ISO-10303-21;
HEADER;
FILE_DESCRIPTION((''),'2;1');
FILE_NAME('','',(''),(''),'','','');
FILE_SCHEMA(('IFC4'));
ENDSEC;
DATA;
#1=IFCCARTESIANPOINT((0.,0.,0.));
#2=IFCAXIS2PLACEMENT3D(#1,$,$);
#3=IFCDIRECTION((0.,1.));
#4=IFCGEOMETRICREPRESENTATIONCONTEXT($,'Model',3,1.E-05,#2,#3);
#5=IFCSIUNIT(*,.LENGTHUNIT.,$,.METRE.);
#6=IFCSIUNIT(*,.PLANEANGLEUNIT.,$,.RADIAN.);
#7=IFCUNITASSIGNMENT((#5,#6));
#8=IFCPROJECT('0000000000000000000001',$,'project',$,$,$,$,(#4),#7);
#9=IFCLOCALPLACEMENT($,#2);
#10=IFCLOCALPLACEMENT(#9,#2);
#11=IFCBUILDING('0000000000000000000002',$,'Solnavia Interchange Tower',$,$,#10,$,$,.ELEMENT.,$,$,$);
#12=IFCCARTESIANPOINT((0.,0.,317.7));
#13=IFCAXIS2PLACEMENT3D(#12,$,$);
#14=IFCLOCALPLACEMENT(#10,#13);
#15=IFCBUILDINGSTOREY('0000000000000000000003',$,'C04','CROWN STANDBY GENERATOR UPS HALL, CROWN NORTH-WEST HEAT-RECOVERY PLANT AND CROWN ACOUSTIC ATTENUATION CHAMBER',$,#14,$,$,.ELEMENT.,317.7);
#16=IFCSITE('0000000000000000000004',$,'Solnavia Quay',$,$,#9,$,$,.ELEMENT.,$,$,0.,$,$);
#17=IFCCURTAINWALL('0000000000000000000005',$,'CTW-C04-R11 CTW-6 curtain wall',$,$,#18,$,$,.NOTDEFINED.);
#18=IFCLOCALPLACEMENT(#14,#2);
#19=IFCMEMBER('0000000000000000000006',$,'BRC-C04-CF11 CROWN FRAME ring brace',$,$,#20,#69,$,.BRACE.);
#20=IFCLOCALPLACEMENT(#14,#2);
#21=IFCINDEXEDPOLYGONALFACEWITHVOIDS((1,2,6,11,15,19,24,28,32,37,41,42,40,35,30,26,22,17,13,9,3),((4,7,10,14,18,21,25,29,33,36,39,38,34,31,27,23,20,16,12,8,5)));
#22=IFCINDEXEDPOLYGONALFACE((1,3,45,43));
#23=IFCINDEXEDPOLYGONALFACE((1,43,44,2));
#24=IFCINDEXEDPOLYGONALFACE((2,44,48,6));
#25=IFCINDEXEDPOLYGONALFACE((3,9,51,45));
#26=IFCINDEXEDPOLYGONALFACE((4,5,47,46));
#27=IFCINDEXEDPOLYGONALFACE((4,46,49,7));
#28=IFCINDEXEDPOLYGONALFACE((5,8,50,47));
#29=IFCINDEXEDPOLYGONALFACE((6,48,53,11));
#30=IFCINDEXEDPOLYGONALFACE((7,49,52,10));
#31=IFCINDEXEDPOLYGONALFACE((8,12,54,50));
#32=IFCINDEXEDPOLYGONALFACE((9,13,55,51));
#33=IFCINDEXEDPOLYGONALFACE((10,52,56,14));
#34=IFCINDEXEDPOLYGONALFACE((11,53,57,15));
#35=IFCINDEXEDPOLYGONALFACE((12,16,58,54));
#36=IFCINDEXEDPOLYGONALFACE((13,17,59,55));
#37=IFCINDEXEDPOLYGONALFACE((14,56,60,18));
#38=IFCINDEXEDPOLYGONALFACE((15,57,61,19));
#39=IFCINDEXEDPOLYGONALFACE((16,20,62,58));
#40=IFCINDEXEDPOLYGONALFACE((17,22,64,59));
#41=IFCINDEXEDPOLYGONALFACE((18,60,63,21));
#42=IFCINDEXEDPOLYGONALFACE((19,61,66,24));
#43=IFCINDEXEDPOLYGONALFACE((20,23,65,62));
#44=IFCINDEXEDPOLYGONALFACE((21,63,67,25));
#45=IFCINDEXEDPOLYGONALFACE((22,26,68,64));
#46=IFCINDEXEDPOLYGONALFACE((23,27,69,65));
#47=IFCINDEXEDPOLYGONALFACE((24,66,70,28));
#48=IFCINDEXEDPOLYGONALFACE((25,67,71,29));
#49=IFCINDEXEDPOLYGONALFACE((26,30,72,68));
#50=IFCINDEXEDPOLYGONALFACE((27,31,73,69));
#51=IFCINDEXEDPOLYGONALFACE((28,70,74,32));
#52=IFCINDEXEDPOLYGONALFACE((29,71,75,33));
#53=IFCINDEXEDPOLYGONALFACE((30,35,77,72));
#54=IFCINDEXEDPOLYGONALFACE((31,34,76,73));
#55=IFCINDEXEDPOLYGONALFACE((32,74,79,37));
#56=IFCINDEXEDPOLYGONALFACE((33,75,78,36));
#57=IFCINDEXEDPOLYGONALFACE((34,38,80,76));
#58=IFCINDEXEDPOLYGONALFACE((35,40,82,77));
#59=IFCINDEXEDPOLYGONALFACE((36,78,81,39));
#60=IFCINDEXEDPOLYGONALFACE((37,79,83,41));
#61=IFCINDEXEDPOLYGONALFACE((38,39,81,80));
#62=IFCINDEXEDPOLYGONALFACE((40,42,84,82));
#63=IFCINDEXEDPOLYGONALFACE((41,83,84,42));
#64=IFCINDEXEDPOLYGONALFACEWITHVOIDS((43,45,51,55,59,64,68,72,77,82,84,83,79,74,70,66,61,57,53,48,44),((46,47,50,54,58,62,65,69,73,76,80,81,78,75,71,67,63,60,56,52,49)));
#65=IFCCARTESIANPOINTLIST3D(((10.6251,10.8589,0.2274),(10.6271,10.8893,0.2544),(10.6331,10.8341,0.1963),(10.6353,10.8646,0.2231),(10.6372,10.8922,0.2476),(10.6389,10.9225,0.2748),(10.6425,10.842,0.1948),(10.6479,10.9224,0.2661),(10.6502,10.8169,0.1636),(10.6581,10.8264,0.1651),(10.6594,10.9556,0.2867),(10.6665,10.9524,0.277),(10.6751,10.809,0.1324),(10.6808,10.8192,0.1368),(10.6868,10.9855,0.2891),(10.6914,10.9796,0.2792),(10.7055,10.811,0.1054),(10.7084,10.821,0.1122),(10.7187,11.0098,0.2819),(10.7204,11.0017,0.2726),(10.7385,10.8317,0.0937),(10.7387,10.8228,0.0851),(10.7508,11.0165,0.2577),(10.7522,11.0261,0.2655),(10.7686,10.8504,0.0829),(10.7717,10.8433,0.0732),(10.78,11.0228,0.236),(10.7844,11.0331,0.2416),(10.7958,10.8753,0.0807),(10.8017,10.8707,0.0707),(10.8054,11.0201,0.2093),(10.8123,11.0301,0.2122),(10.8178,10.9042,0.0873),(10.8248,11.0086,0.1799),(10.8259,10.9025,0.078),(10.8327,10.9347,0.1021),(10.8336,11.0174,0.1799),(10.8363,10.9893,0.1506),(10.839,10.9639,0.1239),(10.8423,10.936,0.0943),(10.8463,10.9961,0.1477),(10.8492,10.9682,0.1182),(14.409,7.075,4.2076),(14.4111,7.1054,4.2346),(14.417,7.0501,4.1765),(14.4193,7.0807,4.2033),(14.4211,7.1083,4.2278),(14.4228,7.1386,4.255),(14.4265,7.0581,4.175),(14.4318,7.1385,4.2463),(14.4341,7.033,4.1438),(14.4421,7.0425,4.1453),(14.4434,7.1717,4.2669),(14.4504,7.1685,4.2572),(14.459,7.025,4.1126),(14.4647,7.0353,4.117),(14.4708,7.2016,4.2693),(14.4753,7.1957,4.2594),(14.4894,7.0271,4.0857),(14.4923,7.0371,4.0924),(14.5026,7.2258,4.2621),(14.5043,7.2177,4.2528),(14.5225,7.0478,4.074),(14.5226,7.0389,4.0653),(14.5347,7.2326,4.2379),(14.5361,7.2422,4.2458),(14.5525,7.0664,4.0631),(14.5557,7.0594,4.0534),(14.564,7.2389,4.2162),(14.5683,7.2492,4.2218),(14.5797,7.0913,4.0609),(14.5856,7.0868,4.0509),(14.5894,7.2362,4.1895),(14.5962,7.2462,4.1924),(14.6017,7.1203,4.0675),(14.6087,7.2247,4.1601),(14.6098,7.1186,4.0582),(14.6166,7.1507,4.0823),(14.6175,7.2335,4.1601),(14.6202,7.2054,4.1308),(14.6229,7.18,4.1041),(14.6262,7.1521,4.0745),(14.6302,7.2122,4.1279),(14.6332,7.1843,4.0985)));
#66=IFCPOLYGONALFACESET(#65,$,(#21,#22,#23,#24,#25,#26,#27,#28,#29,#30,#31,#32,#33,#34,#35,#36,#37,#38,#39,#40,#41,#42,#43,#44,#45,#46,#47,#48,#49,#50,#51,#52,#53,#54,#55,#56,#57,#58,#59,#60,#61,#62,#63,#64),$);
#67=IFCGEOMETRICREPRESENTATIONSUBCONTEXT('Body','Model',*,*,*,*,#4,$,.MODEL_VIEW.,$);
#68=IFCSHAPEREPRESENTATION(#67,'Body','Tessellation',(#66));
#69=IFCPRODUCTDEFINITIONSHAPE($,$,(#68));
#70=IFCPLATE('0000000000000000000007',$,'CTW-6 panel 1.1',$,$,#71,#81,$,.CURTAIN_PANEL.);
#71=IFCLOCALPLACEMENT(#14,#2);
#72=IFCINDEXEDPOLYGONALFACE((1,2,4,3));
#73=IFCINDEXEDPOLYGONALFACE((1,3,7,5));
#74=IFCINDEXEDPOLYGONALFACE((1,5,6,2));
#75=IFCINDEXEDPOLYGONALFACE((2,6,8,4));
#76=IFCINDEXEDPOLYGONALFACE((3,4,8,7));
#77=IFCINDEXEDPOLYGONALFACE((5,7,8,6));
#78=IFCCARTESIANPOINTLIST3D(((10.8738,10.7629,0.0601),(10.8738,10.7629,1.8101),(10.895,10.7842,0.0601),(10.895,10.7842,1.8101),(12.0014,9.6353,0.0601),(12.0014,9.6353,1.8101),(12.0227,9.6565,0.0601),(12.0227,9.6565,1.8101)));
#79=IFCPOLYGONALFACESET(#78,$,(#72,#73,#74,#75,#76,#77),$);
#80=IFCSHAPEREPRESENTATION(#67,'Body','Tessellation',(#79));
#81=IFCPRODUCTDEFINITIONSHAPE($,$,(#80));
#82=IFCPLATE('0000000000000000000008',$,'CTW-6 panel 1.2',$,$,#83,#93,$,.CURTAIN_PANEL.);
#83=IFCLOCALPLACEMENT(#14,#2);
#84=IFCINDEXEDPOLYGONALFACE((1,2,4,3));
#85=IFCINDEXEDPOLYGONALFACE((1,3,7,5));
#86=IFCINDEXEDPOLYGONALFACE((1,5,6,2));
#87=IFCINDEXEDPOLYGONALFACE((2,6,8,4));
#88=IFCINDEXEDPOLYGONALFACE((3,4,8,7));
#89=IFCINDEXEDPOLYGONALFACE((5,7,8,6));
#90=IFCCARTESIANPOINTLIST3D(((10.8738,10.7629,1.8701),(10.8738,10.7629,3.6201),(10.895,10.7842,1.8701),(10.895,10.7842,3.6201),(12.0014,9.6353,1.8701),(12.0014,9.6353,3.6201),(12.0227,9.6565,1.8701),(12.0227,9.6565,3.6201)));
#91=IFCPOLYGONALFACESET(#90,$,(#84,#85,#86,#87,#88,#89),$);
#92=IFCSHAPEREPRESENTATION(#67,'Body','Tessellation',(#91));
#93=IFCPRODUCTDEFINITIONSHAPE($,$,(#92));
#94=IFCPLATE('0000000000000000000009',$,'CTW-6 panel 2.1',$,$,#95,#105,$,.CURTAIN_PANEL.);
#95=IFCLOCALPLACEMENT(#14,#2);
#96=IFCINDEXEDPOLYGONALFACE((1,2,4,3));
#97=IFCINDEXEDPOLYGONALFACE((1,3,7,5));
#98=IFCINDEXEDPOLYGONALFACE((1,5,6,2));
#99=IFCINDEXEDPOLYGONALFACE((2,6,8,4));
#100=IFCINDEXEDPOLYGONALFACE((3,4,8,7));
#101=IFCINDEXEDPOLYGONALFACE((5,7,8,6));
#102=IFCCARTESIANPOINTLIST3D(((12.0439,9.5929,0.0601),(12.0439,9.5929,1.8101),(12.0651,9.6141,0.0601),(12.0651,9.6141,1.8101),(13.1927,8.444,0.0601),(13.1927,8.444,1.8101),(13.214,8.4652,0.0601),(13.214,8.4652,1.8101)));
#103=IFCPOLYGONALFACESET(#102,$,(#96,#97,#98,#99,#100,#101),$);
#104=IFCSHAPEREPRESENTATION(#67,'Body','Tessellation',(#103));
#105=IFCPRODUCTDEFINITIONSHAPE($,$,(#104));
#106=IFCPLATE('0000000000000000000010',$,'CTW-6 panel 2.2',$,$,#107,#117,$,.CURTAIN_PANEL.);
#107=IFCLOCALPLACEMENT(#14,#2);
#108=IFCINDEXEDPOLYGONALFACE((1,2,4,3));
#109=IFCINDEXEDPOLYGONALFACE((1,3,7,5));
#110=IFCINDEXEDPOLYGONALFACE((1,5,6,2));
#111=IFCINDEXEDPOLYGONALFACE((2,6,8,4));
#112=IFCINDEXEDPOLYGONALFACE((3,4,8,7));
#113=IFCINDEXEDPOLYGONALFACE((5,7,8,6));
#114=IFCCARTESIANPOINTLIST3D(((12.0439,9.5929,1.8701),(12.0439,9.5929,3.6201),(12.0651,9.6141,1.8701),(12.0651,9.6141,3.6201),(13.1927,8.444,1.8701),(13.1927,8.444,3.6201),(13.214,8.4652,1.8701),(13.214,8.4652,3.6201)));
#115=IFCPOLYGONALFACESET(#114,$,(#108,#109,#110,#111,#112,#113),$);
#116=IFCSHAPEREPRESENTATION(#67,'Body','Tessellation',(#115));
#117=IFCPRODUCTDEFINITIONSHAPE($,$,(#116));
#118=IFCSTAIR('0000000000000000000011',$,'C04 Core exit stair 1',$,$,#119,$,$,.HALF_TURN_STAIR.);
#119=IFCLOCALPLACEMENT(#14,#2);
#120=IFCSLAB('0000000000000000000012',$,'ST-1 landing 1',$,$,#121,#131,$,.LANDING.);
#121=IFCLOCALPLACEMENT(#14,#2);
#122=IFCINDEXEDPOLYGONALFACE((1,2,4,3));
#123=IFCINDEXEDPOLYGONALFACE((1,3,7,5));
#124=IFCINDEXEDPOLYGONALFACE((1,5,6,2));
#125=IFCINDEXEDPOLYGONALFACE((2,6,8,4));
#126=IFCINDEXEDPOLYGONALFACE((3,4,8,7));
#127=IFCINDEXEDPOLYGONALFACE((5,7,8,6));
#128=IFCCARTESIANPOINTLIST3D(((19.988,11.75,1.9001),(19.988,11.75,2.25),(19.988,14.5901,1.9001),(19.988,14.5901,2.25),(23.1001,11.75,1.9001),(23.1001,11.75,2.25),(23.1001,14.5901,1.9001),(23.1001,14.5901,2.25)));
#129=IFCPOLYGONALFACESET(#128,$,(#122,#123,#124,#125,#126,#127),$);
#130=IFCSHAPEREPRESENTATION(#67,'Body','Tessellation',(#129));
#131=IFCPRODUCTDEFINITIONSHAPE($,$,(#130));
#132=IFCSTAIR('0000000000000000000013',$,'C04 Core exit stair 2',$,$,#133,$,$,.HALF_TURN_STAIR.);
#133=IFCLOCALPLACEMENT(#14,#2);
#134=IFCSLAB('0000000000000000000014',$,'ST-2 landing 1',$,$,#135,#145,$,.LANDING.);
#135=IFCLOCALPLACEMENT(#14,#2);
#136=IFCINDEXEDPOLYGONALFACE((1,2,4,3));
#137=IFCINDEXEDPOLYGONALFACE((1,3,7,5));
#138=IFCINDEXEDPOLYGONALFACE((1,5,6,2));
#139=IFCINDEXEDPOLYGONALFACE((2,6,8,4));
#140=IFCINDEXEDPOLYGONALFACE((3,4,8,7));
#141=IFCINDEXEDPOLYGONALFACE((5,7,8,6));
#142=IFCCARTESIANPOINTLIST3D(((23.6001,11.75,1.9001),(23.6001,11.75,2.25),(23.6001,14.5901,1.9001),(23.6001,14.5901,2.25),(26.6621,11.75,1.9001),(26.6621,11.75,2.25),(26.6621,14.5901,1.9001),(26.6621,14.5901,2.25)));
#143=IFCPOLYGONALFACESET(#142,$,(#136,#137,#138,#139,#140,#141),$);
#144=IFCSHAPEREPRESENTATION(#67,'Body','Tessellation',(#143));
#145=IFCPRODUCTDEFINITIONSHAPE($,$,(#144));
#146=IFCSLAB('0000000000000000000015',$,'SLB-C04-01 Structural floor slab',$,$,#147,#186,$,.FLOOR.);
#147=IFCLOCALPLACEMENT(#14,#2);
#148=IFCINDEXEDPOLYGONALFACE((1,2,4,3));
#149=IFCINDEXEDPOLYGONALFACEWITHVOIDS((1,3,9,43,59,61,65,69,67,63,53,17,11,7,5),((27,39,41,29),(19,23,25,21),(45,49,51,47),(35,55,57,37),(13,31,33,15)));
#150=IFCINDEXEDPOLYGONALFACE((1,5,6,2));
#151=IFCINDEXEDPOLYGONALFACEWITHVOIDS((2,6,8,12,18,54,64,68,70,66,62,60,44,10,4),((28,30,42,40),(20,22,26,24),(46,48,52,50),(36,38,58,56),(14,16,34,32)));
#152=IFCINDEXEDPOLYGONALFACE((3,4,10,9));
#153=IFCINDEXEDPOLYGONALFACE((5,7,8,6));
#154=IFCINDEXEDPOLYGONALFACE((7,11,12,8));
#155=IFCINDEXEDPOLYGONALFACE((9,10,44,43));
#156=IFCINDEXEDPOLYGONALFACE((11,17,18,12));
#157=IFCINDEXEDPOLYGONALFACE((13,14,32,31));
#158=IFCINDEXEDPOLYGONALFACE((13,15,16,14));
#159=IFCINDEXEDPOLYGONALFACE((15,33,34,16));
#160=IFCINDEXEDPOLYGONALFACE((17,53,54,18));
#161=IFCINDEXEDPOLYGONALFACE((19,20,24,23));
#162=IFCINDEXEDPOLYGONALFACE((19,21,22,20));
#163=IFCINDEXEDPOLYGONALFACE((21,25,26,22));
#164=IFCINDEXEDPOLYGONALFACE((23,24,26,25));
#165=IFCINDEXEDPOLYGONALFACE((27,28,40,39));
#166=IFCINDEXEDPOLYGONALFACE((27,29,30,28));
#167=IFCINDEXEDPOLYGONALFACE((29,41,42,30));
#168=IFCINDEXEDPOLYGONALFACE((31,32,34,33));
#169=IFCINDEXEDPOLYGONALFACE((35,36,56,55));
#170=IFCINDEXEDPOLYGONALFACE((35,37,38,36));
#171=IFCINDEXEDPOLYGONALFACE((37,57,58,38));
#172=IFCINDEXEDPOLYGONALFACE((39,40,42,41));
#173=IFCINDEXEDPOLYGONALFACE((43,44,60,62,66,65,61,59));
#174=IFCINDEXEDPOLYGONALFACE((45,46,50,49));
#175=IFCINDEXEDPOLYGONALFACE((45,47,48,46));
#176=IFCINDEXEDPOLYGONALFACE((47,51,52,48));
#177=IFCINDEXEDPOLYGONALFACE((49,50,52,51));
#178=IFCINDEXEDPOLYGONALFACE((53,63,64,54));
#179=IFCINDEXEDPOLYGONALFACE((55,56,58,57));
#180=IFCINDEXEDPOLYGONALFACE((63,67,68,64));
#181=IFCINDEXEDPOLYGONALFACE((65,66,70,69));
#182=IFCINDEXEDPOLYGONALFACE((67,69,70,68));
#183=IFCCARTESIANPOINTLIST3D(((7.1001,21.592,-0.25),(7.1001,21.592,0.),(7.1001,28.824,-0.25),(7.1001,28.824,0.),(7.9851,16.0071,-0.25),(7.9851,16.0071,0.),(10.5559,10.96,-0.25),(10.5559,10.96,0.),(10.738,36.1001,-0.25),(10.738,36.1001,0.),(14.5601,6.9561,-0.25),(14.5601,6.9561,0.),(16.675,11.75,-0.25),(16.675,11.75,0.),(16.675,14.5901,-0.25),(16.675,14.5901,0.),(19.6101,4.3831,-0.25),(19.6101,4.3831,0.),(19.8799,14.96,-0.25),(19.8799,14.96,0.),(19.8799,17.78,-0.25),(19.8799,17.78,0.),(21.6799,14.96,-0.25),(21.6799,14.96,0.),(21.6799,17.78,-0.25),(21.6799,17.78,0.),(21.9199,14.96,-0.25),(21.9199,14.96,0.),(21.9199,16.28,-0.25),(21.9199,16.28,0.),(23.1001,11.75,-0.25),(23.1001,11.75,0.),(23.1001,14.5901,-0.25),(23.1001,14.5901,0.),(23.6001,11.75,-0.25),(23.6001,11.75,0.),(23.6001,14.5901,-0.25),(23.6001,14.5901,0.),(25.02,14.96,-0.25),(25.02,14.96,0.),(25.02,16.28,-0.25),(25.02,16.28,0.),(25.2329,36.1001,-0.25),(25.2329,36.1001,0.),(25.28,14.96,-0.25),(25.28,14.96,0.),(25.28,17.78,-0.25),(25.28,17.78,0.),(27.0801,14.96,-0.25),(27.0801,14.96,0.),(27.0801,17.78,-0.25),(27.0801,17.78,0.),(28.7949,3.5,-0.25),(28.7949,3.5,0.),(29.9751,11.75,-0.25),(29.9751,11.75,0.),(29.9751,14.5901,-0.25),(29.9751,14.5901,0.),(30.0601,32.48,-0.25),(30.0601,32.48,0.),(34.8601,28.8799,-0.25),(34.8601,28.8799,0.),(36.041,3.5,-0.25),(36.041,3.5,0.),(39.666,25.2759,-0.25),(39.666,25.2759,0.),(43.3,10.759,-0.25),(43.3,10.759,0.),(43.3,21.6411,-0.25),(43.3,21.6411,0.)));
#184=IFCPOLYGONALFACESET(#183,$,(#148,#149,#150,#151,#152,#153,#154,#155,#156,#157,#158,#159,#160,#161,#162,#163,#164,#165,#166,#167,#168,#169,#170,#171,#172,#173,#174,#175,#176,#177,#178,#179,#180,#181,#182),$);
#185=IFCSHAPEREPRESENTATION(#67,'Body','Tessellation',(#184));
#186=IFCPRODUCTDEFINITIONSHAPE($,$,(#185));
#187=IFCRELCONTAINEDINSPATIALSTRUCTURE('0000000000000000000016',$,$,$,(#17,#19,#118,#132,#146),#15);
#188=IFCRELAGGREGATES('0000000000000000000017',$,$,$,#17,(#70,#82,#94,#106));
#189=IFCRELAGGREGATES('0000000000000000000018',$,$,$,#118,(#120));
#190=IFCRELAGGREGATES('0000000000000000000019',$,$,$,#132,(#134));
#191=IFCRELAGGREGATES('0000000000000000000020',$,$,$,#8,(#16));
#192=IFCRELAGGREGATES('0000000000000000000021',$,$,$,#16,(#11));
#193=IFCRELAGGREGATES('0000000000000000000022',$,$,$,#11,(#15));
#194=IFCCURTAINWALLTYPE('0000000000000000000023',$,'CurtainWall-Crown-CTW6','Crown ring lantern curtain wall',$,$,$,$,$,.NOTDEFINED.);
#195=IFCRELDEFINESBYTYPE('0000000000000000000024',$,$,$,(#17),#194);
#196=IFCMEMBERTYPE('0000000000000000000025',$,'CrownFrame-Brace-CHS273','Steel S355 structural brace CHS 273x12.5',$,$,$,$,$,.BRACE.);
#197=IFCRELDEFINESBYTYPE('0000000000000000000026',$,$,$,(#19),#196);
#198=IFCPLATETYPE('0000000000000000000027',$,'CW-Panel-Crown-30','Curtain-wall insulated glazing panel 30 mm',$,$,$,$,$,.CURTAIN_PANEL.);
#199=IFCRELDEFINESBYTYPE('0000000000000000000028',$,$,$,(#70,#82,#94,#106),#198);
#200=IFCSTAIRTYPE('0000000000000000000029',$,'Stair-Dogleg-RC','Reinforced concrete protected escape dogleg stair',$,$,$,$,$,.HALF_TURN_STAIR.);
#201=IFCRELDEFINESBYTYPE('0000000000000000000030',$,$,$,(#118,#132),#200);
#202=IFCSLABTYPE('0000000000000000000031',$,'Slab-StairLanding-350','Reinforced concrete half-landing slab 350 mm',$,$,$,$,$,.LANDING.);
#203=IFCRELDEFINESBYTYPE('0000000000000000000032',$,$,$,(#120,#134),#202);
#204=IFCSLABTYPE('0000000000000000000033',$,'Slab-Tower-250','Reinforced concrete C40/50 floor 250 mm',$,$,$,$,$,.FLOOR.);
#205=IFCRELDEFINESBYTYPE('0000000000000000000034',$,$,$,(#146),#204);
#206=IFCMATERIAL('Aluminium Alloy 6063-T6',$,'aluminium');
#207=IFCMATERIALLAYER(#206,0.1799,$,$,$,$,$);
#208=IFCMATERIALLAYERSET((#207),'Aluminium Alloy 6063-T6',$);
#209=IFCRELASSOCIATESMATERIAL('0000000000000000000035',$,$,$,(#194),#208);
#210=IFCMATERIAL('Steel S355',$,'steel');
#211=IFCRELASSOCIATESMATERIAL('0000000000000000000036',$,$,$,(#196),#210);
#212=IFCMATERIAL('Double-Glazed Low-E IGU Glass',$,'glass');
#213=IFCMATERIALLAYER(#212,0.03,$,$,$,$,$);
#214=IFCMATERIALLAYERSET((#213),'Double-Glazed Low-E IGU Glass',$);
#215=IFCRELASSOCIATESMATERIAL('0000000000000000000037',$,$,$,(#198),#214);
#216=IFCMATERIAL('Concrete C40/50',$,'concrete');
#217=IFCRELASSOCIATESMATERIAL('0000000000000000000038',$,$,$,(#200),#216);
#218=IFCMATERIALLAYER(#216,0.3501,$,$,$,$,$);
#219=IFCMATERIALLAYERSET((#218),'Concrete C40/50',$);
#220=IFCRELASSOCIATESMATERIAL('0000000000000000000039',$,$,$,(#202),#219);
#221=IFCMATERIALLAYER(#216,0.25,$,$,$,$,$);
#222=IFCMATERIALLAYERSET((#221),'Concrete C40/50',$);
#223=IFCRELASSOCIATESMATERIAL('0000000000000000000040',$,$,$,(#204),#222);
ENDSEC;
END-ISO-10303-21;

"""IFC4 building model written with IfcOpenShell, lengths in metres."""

from ifc_helpers import new_model, si_unit, direction, frame, origin, origin_2d, place, context, subcontext, project, spatial, polyline, rectangle, hollow_circle, outline, extrude, material, layer, layer_set, material_profile, profile_set, type_object, element, aggregate, save


model = new_model("IFC4")

# Units and contexts
model_context = context("Model", 3, precision=1e-05, world=origin(), true_north=direction((0.0, 1.0)))
body_context = subcontext(model_context, "Body", "Model", "MODEL_VIEW")
ifc_project = project(units=[si_unit("LENGTHUNIT", "METRE"), si_unit("PLANEANGLEUNIT", "RADIAN")], contexts=[model_context])

# Site, building, storey
site_placement = place(None, origin())
site = spatial("IfcSite", under=ifc_project, at=site_placement, Name="Solnavia Quay", CompositionType="ELEMENT", RefElevation=0.0)
building_placement = place(site_placement, origin())
building = spatial("IfcBuilding", under=site, at=building_placement, Name="Solnavia Interchange Tower", CompositionType="ELEMENT")
storey_placement = place(building_placement, frame((0.0, 0.0, 317.7)))
storey = spatial("IfcBuildingStorey", under=building, at=storey_placement, Name="C04", Description="CROWN STANDBY GENERATOR UPS HALL, CROWN NORTH-WEST HEAT-RECOVERY PLANT AND CROWN ACOUSTIC ATTENUATION CHAMBER", CompositionType="ELEMENT", Elevation=317.7)

# Curtain wall
ifc_material_1 = material(Name="Aluminium Alloy 6063-T6", Category="aluminium")
ifc_layer_1 = layer(ifc_material_1, 0.1799)
ifc_layer_set_1 = layer_set([ifc_layer_1], Name="Aluminium Alloy 6063-T6")
curtain_wall_type = type_object("IfcCurtainWallType", Name="CurtainWall-Crown-CTW6", Description="Crown ring lantern curtain wall", PredefinedType="NOTDEFINED", material=ifc_layer_set_1)
curtain_wall_placement = place(storey_placement, origin())
curtain_wall = element("IfcCurtainWall", 1, at=curtain_wall_placement, inside=storey, type_object=curtain_wall_type, Name="CTW-C04-R11 CTW-6 curtain wall", PredefinedType="NOTDEFINED")

# Member
ifc_material_2 = material(Name="Steel S355", Category="steel")
ifc_material_profile_1 = material_profile(ifc_material_2, hollow_circle(Radius=0.1365, WallThickness=0.0125, at=origin_2d()), Name="CHS 273x12.5")
ifc_profile_set_1 = profile_set([ifc_material_profile_1], Name="Steel S355")
member_type_1 = type_object("IfcMemberType", Name="CrownFrame-Brace-CHS273", Description="Steel S355 structural brace CHS 273x12.5", PredefinedType="BRACE", material=ifc_profile_set_1)
member_1_placement = place(storey_placement, frame((10.7371, 10.9209, 0.1799), z_axis=(0.567373, -0.567373, 0.596805), x_axis=(0.707107, 0.707107, 0.0)))
element("IfcMember", 2, at=member_1_placement, inside=storey, type_object=member_type_1, Name="BRC-C04-CF11 CROWN FRAME ring brace", PredefinedType="BRACE", context=body_context, shape_type="SweptSolid", body=[
    extrude(hollow_circle(Radius=0.1365, WallThickness=0.0125, at=origin_2d()), origin(), (0.0, 0.0, 1.0), 6.6692),
])

# Plates
ifc_material_3 = material(Name="Double-Glazed Low-E IGU Glass", Category="glass")
ifc_layer_2 = layer(ifc_material_3, 0.03)
ifc_layer_set_2 = layer_set([ifc_layer_2], Name="Double-Glazed Low-E IGU Glass")
plate_type = type_object("IfcPlateType", Name="CW-Panel-Crown-30", Description="Curtain-wall insulated glazing panel 30 mm", PredefinedType="CURTAIN_PANEL", material=ifc_layer_set_2)
plate_1_placement = place(storey_placement, frame((11.4482, 10.2097, 0.0601), z_axis=(0.0, 0.0, 1.0), x_axis=(0.707107, -0.707107, 0.0)))
plate_1 = element("IfcPlate", 3, at=plate_1_placement, type_object=plate_type, Name="CTW-6 panel 1.1", PredefinedType="CURTAIN_PANEL", context=body_context, shape_type="SweptSolid", body=[
    extrude(rectangle(XDim=1.5947, YDim=0.03, at=origin_2d()), origin(), (0.0, 0.0, 1.0), 1.75),
])
plate_2_placement = place(storey_placement, frame((11.4482, 10.2097, 1.8701), z_axis=(0.0, 0.0, 1.0), x_axis=(0.707107, -0.707107, 0.0)))
plate_2 = element("IfcPlate", 4, at=plate_2_placement, type_object=plate_type, Name="CTW-6 panel 1.2", PredefinedType="CURTAIN_PANEL", context=body_context, shape_type="SweptSolid", body=[
    extrude(rectangle(XDim=1.5947, YDim=0.03, at=origin_2d()), origin(), (0.0, 0.0, 1.0), 1.75),
])
plate_3_placement = place(storey_placement, frame((12.6289, 9.0291, 0.0601), z_axis=(0.0, 0.0, 1.0), x_axis=(0.707107, -0.707107, 0.0)))
plate_3 = element("IfcPlate", 5, at=plate_3_placement, type_object=plate_type, Name="CTW-6 panel 2.1", PredefinedType="CURTAIN_PANEL", context=body_context, shape_type="SweptSolid", body=[
    extrude(rectangle(XDim=1.6248, YDim=0.03, at=origin_2d()), origin(), (0.0, 0.0, 1.0), 1.75),
])
plate_4_placement = place(storey_placement, frame((12.6289, 9.0291, 1.8701), z_axis=(0.0, 0.0, 1.0), x_axis=(0.707107, -0.707107, 0.0)))
plate_4 = element("IfcPlate", 6, at=plate_4_placement, type_object=plate_type, Name="CTW-6 panel 2.2", PredefinedType="CURTAIN_PANEL", context=body_context, shape_type="SweptSolid", body=[
    extrude(rectangle(XDim=1.6248, YDim=0.03, at=origin_2d()), origin(), (0.0, 0.0, 1.0), 1.75),
])
aggregate(curtain_wall, [plate_1, plate_2, plate_3, plate_4])

# Stairs, slabs
ifc_material_4 = material(Name="Concrete C40/50", Category="concrete")
stair_type = type_object("IfcStairType", Name="Stair-Dogleg-RC", Description="Reinforced concrete protected escape dogleg stair", PredefinedType="HALF_TURN_STAIR", material=ifc_material_4)
stair_1_placement = place(storey_placement, origin())
stair_1 = element("IfcStair", 7, at=stair_1_placement, inside=storey, type_object=stair_type, Name="C04 Core exit stair 1", PredefinedType="HALF_TURN_STAIR")
ifc_layer_3 = layer(ifc_material_4, 0.3501)
ifc_layer_set_3 = layer_set([ifc_layer_3], Name="Concrete C40/50")
slab_type_1 = type_object("IfcSlabType", Name="Slab-StairLanding-350", Description="Reinforced concrete half-landing slab 350 mm", PredefinedType="LANDING", material=ifc_layer_set_3)
slab_1_placement = place(storey_placement, frame((0.0, 0.0, 1.9001)))
slab_1 = element("IfcSlab", 8, at=slab_1_placement, type_object=slab_type_1, Name="ST-1 landing 1", PredefinedType="LANDING", context=body_context, shape_type="SweptSolid", body=[
    extrude(outline(polyline([(19.988, 11.75), (23.1001, 11.75), (23.1001, 14.5901), (19.988, 14.5901), (19.988, 11.75)])), origin(), (0.0, 0.0, 1.0), 0.3499),
])
aggregate(stair_1, [slab_1])
stair_2_placement = place(storey_placement, origin())
stair_2 = element("IfcStair", 9, at=stair_2_placement, inside=storey, type_object=stair_type, Name="C04 Core exit stair 2", PredefinedType="HALF_TURN_STAIR")
slab_2_placement = place(storey_placement, frame((0.0, 0.0, 1.9001)))
slab_2 = element("IfcSlab", 10, at=slab_2_placement, type_object=slab_type_1, Name="ST-2 landing 1", PredefinedType="LANDING", context=body_context, shape_type="SweptSolid", body=[
    extrude(outline(polyline([(23.6001, 11.75), (26.6621, 11.75), (26.6621, 14.5901), (23.6001, 14.5901), (23.6001, 11.75)])), origin(), (0.0, 0.0, 1.0), 0.3499),
])
aggregate(stair_2, [slab_2])

# Slab
ifc_layer_4 = layer(ifc_material_4, 0.25)
ifc_layer_set_4 = layer_set([ifc_layer_4], Name="Concrete C40/50")
slab_type_2 = type_object("IfcSlabType", Name="Slab-Tower-250", Description="Reinforced concrete C40/50 floor 250 mm", PredefinedType="FLOOR", material=ifc_layer_set_4)
slab_3_placement = place(storey_placement, frame((0.0, 0.0, -0.25)))
element("IfcSlab", 11, at=slab_3_placement, inside=storey, type_object=slab_type_2, Name="SLB-C04-01 Structural floor slab", PredefinedType="FLOOR", context=body_context, shape_type="SweptSolid", body=[
    extrude(outline(polyline([(43.3, 21.6411), (43.3, 10.759), (36.041, 3.5), (28.7949, 3.5), (19.6101, 4.3831), (14.5601, 6.9561), (10.5559, 10.96), (7.9851, 16.0071), (7.1001, 21.592), (7.1001, 28.824), (10.738, 36.1001), (25.2329, 36.1001), (30.0601, 32.48), (34.8601, 28.8799), (39.666, 25.2759), (43.3, 21.6411)]), holes=[polyline([(16.675, 11.75), (23.1001, 11.75), (23.1001, 14.5901), (16.675, 14.5901), (16.675, 11.75)]), polyline([(23.6001, 11.75), (29.9751, 11.75), (29.9751, 14.5901), (23.6001, 14.5901), (23.6001, 11.75)]), polyline([(19.8799, 14.96), (21.6799, 14.96), (21.6799, 17.78), (19.8799, 17.78), (19.8799, 14.96)]), polyline([(25.28, 14.96), (27.0801, 14.96), (27.0801, 17.78), (25.28, 17.78), (25.28, 14.96)]), polyline([(21.9199, 14.96), (25.02, 14.96), (25.02, 16.28), (21.9199, 16.28), (21.9199, 14.96)])]), origin(), (0.0, 0.0, 1.0), 0.25),
])

save(model, "model.ifc")
